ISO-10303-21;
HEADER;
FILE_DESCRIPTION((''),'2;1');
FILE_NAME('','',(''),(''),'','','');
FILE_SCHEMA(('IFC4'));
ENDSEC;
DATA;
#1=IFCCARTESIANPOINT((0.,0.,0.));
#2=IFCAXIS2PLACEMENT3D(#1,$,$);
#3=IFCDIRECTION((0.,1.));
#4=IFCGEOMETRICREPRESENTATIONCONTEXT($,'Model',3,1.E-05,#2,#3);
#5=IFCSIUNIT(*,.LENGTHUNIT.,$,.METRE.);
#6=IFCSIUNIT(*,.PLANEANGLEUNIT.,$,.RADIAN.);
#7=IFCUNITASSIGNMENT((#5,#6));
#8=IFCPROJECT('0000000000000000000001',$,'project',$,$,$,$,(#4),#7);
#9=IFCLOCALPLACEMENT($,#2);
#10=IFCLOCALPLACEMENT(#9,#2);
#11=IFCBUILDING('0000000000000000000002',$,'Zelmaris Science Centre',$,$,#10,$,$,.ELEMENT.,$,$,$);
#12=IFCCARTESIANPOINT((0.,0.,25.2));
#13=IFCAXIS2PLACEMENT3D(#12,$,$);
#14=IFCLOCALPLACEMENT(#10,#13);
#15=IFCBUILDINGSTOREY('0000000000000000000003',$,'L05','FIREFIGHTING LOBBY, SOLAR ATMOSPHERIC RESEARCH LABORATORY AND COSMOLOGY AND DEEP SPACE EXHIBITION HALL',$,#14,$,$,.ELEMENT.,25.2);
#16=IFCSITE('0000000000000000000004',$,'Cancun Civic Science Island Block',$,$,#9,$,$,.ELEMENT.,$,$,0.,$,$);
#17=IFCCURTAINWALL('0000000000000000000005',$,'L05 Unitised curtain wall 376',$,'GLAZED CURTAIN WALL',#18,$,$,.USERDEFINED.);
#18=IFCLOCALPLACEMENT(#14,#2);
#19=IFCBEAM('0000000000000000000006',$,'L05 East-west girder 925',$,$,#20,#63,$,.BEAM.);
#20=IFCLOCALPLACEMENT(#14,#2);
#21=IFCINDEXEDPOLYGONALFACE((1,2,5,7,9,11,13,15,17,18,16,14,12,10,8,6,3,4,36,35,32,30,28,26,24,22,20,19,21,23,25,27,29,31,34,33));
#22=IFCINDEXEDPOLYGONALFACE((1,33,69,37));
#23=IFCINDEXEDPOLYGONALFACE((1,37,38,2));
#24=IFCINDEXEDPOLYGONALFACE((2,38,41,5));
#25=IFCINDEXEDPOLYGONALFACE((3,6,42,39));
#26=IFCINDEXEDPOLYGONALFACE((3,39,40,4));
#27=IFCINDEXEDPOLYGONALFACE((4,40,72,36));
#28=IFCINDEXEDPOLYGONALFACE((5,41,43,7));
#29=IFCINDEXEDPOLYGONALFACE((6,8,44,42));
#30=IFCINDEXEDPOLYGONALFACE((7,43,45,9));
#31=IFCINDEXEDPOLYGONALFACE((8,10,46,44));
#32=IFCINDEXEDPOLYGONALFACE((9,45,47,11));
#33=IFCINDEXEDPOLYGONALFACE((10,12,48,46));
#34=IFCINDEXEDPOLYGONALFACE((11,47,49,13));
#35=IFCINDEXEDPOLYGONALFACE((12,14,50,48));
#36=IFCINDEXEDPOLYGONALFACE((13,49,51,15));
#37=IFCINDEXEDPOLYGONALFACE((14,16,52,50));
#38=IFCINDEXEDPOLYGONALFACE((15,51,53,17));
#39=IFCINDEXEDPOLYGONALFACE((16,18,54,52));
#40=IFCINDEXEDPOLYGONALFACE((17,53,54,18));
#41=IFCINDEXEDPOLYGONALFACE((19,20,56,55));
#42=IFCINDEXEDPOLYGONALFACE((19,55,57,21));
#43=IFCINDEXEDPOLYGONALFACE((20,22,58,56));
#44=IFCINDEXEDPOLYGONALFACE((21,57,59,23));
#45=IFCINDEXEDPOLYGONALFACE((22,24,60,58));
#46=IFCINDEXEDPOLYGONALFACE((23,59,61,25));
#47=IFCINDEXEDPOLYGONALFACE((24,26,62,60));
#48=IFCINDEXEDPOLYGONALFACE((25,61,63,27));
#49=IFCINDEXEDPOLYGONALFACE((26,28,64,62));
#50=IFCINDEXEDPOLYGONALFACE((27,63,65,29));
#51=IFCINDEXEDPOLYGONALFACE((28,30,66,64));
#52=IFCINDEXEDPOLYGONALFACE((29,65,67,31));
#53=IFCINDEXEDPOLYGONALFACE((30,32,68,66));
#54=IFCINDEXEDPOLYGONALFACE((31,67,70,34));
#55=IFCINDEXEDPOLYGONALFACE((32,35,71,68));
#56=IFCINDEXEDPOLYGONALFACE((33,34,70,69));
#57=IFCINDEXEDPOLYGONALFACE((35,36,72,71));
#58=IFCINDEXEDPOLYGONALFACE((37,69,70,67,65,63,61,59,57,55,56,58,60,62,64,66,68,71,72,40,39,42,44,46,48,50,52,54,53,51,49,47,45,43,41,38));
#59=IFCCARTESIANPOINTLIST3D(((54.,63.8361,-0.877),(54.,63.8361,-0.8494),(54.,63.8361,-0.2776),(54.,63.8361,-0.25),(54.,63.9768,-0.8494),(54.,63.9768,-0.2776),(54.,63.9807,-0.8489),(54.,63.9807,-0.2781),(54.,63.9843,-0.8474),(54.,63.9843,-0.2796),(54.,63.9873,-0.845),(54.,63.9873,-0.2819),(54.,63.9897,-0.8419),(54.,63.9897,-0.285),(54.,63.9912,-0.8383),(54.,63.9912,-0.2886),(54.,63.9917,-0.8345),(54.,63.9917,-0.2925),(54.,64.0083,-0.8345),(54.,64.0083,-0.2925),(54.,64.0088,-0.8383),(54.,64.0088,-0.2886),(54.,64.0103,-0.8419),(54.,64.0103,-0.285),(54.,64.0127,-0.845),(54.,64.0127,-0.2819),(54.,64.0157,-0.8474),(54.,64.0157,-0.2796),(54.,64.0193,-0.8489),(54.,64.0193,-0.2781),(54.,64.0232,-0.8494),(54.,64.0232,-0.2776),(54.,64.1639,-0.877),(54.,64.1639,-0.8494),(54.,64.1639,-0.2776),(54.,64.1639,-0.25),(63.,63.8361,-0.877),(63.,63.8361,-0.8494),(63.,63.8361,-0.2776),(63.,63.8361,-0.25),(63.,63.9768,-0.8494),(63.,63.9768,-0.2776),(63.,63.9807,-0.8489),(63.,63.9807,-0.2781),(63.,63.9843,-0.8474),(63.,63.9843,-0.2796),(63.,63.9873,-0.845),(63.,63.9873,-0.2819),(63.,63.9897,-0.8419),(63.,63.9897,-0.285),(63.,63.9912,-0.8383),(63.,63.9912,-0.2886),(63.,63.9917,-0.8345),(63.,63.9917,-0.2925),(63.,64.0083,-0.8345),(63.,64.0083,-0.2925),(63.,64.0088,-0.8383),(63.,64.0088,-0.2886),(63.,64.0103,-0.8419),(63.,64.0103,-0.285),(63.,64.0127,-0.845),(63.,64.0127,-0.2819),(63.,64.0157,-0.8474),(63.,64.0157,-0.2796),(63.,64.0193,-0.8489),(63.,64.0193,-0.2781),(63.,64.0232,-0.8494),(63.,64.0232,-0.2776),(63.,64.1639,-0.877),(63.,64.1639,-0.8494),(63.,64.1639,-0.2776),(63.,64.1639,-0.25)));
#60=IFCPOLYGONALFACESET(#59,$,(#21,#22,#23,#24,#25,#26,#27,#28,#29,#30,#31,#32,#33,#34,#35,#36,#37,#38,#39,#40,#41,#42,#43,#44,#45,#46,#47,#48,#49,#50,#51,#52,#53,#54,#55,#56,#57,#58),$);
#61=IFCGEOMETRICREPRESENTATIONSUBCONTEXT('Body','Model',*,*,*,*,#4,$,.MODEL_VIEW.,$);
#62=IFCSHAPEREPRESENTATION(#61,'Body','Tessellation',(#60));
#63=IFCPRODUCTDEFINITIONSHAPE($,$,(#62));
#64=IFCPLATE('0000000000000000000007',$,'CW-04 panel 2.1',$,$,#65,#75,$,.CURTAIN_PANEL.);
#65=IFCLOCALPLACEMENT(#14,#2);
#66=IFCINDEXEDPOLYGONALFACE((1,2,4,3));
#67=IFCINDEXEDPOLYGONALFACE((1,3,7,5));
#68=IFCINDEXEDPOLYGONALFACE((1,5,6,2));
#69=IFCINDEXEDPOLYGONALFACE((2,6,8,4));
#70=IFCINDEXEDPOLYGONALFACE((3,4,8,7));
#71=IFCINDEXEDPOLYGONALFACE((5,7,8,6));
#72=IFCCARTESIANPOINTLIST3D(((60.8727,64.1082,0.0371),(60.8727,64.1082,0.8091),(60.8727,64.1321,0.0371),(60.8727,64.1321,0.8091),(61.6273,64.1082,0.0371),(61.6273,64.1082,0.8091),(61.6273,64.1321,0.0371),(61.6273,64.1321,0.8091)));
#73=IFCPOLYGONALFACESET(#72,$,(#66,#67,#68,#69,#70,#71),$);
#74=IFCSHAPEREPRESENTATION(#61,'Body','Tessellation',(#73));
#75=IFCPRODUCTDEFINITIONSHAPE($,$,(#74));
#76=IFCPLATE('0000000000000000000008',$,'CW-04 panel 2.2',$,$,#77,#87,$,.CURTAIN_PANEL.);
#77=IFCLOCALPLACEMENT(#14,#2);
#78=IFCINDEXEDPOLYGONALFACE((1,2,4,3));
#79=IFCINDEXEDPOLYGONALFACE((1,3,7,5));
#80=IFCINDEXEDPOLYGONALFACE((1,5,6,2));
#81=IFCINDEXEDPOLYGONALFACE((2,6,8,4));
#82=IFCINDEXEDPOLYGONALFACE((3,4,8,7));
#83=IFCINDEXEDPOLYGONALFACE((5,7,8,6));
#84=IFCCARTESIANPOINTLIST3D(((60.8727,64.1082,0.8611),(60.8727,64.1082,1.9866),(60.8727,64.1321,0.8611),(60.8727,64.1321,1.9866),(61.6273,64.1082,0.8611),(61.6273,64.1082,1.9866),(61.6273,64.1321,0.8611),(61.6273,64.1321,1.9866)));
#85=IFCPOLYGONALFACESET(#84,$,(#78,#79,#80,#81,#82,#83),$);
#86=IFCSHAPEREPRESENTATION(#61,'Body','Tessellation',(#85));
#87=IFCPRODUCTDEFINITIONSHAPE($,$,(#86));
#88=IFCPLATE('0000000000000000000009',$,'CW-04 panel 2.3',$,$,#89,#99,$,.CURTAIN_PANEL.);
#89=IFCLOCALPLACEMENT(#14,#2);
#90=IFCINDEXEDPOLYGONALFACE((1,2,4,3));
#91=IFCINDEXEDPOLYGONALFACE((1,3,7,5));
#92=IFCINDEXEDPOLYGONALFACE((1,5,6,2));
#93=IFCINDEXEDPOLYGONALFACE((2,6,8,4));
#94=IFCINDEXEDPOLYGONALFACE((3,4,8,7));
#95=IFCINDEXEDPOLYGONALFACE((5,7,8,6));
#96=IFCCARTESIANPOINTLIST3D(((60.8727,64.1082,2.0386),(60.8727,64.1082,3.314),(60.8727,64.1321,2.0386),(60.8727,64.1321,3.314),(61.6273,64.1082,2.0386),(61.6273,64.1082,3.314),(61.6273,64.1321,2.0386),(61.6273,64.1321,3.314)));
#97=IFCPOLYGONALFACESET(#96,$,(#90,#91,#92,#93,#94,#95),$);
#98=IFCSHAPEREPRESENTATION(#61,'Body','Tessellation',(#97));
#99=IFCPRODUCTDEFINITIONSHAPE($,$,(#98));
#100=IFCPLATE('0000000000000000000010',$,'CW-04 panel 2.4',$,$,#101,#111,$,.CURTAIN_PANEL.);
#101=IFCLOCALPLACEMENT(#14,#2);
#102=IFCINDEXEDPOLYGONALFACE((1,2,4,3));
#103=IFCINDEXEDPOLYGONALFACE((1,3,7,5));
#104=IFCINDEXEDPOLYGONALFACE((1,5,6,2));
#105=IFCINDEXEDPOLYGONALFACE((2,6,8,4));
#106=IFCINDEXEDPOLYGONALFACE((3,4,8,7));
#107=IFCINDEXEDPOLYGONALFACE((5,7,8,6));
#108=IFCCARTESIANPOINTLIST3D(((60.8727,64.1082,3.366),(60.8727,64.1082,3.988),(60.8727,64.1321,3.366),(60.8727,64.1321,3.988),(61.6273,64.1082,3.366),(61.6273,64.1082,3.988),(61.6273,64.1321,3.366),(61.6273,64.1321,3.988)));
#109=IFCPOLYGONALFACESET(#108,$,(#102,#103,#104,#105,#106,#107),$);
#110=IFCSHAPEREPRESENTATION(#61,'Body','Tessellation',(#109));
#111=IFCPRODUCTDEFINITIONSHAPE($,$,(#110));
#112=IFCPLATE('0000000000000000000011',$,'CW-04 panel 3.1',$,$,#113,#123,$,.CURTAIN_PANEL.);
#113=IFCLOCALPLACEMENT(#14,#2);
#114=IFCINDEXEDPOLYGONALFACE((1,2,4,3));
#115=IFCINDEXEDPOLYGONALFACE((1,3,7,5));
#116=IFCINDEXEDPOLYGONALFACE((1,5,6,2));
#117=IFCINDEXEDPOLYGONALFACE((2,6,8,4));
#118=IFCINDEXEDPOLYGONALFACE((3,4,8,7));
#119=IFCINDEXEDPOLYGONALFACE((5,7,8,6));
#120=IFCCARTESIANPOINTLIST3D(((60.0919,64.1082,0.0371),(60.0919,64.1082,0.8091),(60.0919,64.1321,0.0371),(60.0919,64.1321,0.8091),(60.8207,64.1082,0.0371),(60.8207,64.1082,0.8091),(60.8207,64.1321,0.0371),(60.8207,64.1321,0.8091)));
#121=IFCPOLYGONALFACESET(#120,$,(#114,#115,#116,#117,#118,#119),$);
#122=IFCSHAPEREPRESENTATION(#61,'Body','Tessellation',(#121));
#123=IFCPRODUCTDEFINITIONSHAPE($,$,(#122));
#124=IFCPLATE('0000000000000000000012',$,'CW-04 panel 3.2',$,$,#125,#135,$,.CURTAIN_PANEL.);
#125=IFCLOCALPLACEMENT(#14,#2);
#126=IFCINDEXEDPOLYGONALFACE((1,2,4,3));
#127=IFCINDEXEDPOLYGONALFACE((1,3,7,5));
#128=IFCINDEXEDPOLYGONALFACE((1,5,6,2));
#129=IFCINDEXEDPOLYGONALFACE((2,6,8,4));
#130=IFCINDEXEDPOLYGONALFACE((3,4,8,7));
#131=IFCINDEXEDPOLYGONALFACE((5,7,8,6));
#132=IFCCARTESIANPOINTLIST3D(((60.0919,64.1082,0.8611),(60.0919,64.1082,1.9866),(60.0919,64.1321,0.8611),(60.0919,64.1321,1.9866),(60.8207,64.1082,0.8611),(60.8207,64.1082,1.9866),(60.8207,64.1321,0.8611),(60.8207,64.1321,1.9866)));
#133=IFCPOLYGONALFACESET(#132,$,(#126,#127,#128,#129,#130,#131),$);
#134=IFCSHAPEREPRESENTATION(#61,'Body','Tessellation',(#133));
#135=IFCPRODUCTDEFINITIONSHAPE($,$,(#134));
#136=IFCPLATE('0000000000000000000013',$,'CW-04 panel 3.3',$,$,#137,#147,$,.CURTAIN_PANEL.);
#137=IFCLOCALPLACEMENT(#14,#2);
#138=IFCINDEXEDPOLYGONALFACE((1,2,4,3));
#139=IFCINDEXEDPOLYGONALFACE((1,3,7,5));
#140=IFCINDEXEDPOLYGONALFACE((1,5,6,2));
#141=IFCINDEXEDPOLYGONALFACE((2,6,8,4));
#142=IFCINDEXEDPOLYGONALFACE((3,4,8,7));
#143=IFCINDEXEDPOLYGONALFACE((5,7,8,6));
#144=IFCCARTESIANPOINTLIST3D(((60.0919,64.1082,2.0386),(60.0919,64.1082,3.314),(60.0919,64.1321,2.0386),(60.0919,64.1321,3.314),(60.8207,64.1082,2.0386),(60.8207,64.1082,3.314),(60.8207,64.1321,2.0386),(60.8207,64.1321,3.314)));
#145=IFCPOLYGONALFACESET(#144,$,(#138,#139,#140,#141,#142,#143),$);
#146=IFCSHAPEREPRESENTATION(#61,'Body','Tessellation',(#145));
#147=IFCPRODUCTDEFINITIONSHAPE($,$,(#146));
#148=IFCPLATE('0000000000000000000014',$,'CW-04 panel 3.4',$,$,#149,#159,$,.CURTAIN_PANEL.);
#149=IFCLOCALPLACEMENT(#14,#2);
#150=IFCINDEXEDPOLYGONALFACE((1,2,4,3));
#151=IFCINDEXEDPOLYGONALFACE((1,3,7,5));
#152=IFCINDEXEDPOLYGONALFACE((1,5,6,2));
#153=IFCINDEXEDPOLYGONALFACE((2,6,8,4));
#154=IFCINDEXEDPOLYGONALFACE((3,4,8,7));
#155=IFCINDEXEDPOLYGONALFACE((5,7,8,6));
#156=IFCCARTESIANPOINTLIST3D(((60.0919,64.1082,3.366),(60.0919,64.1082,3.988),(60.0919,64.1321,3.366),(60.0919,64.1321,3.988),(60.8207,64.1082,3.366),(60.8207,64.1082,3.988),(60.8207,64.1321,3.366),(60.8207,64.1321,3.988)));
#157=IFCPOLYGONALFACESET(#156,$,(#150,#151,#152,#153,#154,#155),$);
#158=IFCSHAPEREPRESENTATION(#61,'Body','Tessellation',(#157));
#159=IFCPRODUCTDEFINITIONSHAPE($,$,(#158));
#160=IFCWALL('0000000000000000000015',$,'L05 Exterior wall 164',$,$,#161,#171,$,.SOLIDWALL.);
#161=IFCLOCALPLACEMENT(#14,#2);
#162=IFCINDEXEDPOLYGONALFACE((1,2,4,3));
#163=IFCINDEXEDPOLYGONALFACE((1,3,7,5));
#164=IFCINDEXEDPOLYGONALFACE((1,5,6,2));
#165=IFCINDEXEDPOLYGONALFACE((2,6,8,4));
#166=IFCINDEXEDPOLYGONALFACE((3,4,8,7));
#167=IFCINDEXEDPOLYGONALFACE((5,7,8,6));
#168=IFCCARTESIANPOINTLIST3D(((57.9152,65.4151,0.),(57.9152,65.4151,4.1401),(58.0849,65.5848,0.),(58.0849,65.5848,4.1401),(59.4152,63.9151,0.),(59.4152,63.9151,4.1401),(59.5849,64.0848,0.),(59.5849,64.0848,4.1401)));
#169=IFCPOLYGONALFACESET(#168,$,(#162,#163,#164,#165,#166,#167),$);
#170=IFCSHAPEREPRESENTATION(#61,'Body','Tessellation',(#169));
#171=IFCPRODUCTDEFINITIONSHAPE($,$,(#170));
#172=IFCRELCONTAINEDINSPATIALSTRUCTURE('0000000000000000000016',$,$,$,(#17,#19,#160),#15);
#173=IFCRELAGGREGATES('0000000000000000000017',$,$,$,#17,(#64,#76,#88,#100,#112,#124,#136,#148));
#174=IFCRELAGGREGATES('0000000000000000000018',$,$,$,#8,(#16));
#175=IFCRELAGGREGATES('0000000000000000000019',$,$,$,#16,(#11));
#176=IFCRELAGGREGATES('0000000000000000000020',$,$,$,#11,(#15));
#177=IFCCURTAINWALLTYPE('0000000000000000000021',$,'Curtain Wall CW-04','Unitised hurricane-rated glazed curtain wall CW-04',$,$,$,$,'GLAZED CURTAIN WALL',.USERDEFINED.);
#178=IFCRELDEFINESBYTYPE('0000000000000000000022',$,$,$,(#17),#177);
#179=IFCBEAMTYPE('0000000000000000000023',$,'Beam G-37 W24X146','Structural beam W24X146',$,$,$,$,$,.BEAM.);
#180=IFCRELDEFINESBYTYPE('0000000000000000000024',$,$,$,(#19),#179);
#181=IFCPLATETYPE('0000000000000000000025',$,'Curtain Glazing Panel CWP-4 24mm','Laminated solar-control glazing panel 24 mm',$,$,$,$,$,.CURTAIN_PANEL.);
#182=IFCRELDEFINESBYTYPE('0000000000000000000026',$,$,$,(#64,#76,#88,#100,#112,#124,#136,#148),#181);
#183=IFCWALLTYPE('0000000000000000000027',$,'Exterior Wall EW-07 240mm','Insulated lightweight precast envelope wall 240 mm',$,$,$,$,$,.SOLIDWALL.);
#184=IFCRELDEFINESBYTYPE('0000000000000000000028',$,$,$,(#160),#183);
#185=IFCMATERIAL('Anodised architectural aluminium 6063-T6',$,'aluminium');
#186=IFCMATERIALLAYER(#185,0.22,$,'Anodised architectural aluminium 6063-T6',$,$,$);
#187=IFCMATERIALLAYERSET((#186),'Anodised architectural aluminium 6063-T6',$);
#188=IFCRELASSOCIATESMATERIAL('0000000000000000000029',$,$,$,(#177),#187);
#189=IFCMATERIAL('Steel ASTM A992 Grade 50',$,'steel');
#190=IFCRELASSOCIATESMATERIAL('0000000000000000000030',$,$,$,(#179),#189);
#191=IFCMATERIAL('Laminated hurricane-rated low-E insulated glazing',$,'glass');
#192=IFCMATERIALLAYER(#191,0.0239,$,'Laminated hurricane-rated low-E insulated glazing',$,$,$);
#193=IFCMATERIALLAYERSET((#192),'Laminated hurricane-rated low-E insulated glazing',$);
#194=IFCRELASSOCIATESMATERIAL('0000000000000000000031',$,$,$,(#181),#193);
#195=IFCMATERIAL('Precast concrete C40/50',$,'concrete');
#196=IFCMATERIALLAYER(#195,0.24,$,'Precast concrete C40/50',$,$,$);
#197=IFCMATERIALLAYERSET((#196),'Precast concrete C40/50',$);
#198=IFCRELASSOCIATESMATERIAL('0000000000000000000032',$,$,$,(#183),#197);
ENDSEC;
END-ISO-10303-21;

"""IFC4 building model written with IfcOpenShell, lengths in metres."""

from ifc_helpers import new_model, si_unit, direction, frame, frame_2d, origin, origin_2d, place, context, subcontext, project, spatial, rectangle, i_section, extrude, material, layer, layer_set, material_profile, profile_set, type_object, element, aggregate, save


model = new_model("IFC4")

# Units and contexts
model_context = context("Model", 3, precision=1e-05, world=origin(), true_north=direction((0.0, 1.0)))
body_context = subcontext(model_context, "Body", "Model", "MODEL_VIEW")
ifc_project = project(units=[si_unit("LENGTHUNIT", "METRE"), si_unit("PLANEANGLEUNIT", "RADIAN")], contexts=[model_context])

# Site, building, storey
site_placement = place(None, origin())
site = spatial("IfcSite", under=ifc_project, at=site_placement, Name="Cancun Civic Science Island Block", CompositionType="ELEMENT", RefElevation=0.0)
building_placement = place(site_placement, origin())
building = spatial("IfcBuilding", under=site, at=building_placement, Name="Zelmaris Science Centre", CompositionType="ELEMENT")
storey_placement = place(building_placement, frame((0.0, 0.0, 25.2)))
storey = spatial("IfcBuildingStorey", under=building, at=storey_placement, Name="L05", Description="FIREFIGHTING LOBBY, SOLAR ATMOSPHERIC RESEARCH LABORATORY AND COSMOLOGY AND DEEP SPACE EXHIBITION HALL", CompositionType="ELEMENT", Elevation=25.2)

# Curtain wall
ifc_material_1 = material(Name="Anodised architectural aluminium 6063-T6", Category="aluminium")
ifc_layer_1 = layer(ifc_material_1, 0.22, Name="Anodised architectural aluminium 6063-T6")
ifc_layer_set_1 = layer_set([ifc_layer_1], Name="Anodised architectural aluminium 6063-T6")
curtain_wall_type = type_object("IfcCurtainWallType", Name="Curtain Wall CW-04", Description="Unitised hurricane-rated glazed curtain wall CW-04", ElementType="GLAZED CURTAIN WALL", PredefinedType="USERDEFINED", material=ifc_layer_set_1)
curtain_wall_placement = place(storey_placement, origin())
curtain_wall = element("IfcCurtainWall", 1, at=curtain_wall_placement, inside=storey, type_object=curtain_wall_type, Name="L05 Unitised curtain wall 376", ObjectType="GLAZED CURTAIN WALL", PredefinedType="USERDEFINED")

# Beam
ifc_material_2 = material(Name="Steel ASTM A992 Grade 50", Category="steel")
ifc_material_profile_1 = material_profile(ifc_material_2, i_section(OverallWidth=0.3279, OverallDepth=0.627, WebThickness=0.0166, FlangeThickness=0.0276, FilletRadius=0.0149, at=origin_2d()), Name="W24X146")
ifc_profile_set_1 = profile_set([ifc_material_profile_1], Name="Steel ASTM A992 Grade 50")
beam_type_1 = type_object("IfcBeamType", Name="Beam G-37 W24X146", Description="Structural beam W24X146", PredefinedType="BEAM", material=ifc_profile_set_1)
beam_1_placement = place(storey_placement, frame((54.0, 64.0, -0.5635), z_axis=(1.0, 0.0, 0.0), x_axis=(0.0, 1.0, 0.0)))
element("IfcBeam", 2, at=beam_1_placement, inside=storey, type_object=beam_type_1, Name="L05 East-west girder 925", PredefinedType="BEAM", context=body_context, shape_type="SweptSolid", body=[
    extrude(i_section(OverallWidth=0.3279, OverallDepth=0.627, WebThickness=0.0166, FlangeThickness=0.0276, FilletRadius=0.0149, at=origin_2d()), origin(), (0.0, 0.0, 1.0), 9.0),
])

# Plates
ifc_material_3 = material(Name="Laminated hurricane-rated low-E insulated glazing", Category="glass")
ifc_layer_2 = layer(ifc_material_3, 0.0239, Name="Laminated hurricane-rated low-E insulated glazing")
ifc_layer_set_2 = layer_set([ifc_layer_2], Name="Laminated hurricane-rated low-E insulated glazing")
plate_type = type_object("IfcPlateType", Name="Curtain Glazing Panel CWP-4 24mm", Description="Laminated solar-control glazing panel 24 mm", PredefinedType="CURTAIN_PANEL", material=ifc_layer_set_2)
plate_1_placement = place(storey_placement, frame((61.25, 64.1201, 0.0371), z_axis=(0.0, 0.0, 1.0), x_axis=(-1.0, 0.0, 0.0)))
plate_1 = element("IfcPlate", 3, at=plate_1_placement, type_object=plate_type, Name="CW-04 panel 2.1", PredefinedType="CURTAIN_PANEL", context=body_context, shape_type="SweptSolid", body=[
    extrude(rectangle(XDim=0.7546, YDim=0.0239, at=origin_2d()), origin(), (0.0, 0.0, 1.0), 0.772),
])
plate_2_placement = place(storey_placement, frame((61.25, 64.1201, 0.8611), z_axis=(0.0, 0.0, 1.0), x_axis=(-1.0, 0.0, 0.0)))
plate_2 = element("IfcPlate", 4, at=plate_2_placement, type_object=plate_type, Name="CW-04 panel 2.2", PredefinedType="CURTAIN_PANEL", context=body_context, shape_type="SweptSolid", body=[
    extrude(rectangle(XDim=0.7546, YDim=0.0239, at=origin_2d()), origin(), (0.0, 0.0, 1.0), 1.1255),
])
plate_3_placement = place(storey_placement, frame((61.25, 64.1201, 2.0386), z_axis=(0.0, 0.0, 1.0), x_axis=(-1.0, 0.0, 0.0)))
plate_3 = element("IfcPlate", 5, at=plate_3_placement, type_object=plate_type, Name="CW-04 panel 2.3", PredefinedType="CURTAIN_PANEL", context=body_context, shape_type="SweptSolid", body=[
    extrude(rectangle(XDim=0.7546, YDim=0.0239, at=origin_2d()), origin(), (0.0, 0.0, 1.0), 1.2754),
])
plate_4_placement = place(storey_placement, frame((61.25, 64.1201, 3.366), z_axis=(0.0, 0.0, 1.0), x_axis=(-1.0, 0.0, 0.0)))
plate_4 = element("IfcPlate", 6, at=plate_4_placement, type_object=plate_type, Name="CW-04 panel 2.4", PredefinedType="CURTAIN_PANEL", context=body_context, shape_type="SweptSolid", body=[
    extrude(rectangle(XDim=0.7546, YDim=0.0239, at=origin_2d()), origin(), (0.0, 0.0, 1.0), 0.6221),
])
plate_5_placement = place(storey_placement, frame((60.4563, 64.1201, 0.0371), z_axis=(0.0, 0.0, 1.0), x_axis=(-1.0, 0.0, 0.0)))
plate_5 = element("IfcPlate", 7, at=plate_5_placement, type_object=plate_type, Name="CW-04 panel 3.1", PredefinedType="CURTAIN_PANEL", context=body_context, shape_type="SweptSolid", body=[
    extrude(rectangle(XDim=0.7288, YDim=0.0239, at=origin_2d()), origin(), (0.0, 0.0, 1.0), 0.772),
])
plate_6_placement = place(storey_placement, frame((60.4563, 64.1201, 0.8611), z_axis=(0.0, 0.0, 1.0), x_axis=(-1.0, 0.0, 0.0)))
plate_6 = element("IfcPlate", 8, at=plate_6_placement, type_object=plate_type, Name="CW-04 panel 3.2", PredefinedType="CURTAIN_PANEL", context=body_context, shape_type="SweptSolid", body=[
    extrude(rectangle(XDim=0.7288, YDim=0.0239, at=origin_2d()), origin(), (0.0, 0.0, 1.0), 1.1255),
])
plate_7_placement = place(storey_placement, frame((60.4563, 64.1201, 2.0386), z_axis=(0.0, 0.0, 1.0), x_axis=(-1.0, 0.0, 0.0)))
plate_7 = element("IfcPlate", 9, at=plate_7_placement, type_object=plate_type, Name="CW-04 panel 3.3", PredefinedType="CURTAIN_PANEL", context=body_context, shape_type="SweptSolid", body=[
    extrude(rectangle(XDim=0.7288, YDim=0.0239, at=origin_2d()), origin(), (0.0, 0.0, 1.0), 1.2754),
])
plate_8_placement = place(storey_placement, frame((60.4563, 64.1201, 3.366), z_axis=(0.0, 0.0, 1.0), x_axis=(-1.0, 0.0, 0.0)))
plate_8 = element("IfcPlate", 10, at=plate_8_placement, type_object=plate_type, Name="CW-04 panel 3.4", PredefinedType="CURTAIN_PANEL", context=body_context, shape_type="SweptSolid", body=[
    extrude(rectangle(XDim=0.7288, YDim=0.0239, at=origin_2d()), origin(), (0.0, 0.0, 1.0), 0.6221),
])
aggregate(curtain_wall, [plate_1, plate_2, plate_3, plate_4, plate_5, plate_6, plate_7, plate_8])

# Wall
ifc_material_4 = material(Name="Precast concrete C40/50", Category="concrete")
ifc_layer_3 = layer(ifc_material_4, 0.24, Name="Precast concrete C40/50")
ifc_layer_set_3 = layer_set([ifc_layer_3], Name="Precast concrete C40/50")
wall_type = type_object("IfcWallType", Name="Exterior Wall EW-07 240mm", Description="Insulated lightweight precast envelope wall 240 mm", PredefinedType="SOLIDWALL", material=ifc_layer_set_3)
wall_placement = place(storey_placement, frame((59.5, 64.0, 0.0), z_axis=(0.0, 0.0, 1.0), x_axis=(-0.707107, 0.707107, 0.0)))
element("IfcWall", 11, at=wall_placement, inside=storey, type_object=wall_type, Name="L05 Exterior wall 164", PredefinedType="SOLIDWALL", context=body_context, shape_type="SweptSolid", body=[
    extrude(rectangle(XDim=2.1213, YDim=0.24, at=frame_2d((1.0605, 0.0))), origin(), (0.0, 0.0, 1.0), 4.1401),
])

save(model, "model.ifc")
